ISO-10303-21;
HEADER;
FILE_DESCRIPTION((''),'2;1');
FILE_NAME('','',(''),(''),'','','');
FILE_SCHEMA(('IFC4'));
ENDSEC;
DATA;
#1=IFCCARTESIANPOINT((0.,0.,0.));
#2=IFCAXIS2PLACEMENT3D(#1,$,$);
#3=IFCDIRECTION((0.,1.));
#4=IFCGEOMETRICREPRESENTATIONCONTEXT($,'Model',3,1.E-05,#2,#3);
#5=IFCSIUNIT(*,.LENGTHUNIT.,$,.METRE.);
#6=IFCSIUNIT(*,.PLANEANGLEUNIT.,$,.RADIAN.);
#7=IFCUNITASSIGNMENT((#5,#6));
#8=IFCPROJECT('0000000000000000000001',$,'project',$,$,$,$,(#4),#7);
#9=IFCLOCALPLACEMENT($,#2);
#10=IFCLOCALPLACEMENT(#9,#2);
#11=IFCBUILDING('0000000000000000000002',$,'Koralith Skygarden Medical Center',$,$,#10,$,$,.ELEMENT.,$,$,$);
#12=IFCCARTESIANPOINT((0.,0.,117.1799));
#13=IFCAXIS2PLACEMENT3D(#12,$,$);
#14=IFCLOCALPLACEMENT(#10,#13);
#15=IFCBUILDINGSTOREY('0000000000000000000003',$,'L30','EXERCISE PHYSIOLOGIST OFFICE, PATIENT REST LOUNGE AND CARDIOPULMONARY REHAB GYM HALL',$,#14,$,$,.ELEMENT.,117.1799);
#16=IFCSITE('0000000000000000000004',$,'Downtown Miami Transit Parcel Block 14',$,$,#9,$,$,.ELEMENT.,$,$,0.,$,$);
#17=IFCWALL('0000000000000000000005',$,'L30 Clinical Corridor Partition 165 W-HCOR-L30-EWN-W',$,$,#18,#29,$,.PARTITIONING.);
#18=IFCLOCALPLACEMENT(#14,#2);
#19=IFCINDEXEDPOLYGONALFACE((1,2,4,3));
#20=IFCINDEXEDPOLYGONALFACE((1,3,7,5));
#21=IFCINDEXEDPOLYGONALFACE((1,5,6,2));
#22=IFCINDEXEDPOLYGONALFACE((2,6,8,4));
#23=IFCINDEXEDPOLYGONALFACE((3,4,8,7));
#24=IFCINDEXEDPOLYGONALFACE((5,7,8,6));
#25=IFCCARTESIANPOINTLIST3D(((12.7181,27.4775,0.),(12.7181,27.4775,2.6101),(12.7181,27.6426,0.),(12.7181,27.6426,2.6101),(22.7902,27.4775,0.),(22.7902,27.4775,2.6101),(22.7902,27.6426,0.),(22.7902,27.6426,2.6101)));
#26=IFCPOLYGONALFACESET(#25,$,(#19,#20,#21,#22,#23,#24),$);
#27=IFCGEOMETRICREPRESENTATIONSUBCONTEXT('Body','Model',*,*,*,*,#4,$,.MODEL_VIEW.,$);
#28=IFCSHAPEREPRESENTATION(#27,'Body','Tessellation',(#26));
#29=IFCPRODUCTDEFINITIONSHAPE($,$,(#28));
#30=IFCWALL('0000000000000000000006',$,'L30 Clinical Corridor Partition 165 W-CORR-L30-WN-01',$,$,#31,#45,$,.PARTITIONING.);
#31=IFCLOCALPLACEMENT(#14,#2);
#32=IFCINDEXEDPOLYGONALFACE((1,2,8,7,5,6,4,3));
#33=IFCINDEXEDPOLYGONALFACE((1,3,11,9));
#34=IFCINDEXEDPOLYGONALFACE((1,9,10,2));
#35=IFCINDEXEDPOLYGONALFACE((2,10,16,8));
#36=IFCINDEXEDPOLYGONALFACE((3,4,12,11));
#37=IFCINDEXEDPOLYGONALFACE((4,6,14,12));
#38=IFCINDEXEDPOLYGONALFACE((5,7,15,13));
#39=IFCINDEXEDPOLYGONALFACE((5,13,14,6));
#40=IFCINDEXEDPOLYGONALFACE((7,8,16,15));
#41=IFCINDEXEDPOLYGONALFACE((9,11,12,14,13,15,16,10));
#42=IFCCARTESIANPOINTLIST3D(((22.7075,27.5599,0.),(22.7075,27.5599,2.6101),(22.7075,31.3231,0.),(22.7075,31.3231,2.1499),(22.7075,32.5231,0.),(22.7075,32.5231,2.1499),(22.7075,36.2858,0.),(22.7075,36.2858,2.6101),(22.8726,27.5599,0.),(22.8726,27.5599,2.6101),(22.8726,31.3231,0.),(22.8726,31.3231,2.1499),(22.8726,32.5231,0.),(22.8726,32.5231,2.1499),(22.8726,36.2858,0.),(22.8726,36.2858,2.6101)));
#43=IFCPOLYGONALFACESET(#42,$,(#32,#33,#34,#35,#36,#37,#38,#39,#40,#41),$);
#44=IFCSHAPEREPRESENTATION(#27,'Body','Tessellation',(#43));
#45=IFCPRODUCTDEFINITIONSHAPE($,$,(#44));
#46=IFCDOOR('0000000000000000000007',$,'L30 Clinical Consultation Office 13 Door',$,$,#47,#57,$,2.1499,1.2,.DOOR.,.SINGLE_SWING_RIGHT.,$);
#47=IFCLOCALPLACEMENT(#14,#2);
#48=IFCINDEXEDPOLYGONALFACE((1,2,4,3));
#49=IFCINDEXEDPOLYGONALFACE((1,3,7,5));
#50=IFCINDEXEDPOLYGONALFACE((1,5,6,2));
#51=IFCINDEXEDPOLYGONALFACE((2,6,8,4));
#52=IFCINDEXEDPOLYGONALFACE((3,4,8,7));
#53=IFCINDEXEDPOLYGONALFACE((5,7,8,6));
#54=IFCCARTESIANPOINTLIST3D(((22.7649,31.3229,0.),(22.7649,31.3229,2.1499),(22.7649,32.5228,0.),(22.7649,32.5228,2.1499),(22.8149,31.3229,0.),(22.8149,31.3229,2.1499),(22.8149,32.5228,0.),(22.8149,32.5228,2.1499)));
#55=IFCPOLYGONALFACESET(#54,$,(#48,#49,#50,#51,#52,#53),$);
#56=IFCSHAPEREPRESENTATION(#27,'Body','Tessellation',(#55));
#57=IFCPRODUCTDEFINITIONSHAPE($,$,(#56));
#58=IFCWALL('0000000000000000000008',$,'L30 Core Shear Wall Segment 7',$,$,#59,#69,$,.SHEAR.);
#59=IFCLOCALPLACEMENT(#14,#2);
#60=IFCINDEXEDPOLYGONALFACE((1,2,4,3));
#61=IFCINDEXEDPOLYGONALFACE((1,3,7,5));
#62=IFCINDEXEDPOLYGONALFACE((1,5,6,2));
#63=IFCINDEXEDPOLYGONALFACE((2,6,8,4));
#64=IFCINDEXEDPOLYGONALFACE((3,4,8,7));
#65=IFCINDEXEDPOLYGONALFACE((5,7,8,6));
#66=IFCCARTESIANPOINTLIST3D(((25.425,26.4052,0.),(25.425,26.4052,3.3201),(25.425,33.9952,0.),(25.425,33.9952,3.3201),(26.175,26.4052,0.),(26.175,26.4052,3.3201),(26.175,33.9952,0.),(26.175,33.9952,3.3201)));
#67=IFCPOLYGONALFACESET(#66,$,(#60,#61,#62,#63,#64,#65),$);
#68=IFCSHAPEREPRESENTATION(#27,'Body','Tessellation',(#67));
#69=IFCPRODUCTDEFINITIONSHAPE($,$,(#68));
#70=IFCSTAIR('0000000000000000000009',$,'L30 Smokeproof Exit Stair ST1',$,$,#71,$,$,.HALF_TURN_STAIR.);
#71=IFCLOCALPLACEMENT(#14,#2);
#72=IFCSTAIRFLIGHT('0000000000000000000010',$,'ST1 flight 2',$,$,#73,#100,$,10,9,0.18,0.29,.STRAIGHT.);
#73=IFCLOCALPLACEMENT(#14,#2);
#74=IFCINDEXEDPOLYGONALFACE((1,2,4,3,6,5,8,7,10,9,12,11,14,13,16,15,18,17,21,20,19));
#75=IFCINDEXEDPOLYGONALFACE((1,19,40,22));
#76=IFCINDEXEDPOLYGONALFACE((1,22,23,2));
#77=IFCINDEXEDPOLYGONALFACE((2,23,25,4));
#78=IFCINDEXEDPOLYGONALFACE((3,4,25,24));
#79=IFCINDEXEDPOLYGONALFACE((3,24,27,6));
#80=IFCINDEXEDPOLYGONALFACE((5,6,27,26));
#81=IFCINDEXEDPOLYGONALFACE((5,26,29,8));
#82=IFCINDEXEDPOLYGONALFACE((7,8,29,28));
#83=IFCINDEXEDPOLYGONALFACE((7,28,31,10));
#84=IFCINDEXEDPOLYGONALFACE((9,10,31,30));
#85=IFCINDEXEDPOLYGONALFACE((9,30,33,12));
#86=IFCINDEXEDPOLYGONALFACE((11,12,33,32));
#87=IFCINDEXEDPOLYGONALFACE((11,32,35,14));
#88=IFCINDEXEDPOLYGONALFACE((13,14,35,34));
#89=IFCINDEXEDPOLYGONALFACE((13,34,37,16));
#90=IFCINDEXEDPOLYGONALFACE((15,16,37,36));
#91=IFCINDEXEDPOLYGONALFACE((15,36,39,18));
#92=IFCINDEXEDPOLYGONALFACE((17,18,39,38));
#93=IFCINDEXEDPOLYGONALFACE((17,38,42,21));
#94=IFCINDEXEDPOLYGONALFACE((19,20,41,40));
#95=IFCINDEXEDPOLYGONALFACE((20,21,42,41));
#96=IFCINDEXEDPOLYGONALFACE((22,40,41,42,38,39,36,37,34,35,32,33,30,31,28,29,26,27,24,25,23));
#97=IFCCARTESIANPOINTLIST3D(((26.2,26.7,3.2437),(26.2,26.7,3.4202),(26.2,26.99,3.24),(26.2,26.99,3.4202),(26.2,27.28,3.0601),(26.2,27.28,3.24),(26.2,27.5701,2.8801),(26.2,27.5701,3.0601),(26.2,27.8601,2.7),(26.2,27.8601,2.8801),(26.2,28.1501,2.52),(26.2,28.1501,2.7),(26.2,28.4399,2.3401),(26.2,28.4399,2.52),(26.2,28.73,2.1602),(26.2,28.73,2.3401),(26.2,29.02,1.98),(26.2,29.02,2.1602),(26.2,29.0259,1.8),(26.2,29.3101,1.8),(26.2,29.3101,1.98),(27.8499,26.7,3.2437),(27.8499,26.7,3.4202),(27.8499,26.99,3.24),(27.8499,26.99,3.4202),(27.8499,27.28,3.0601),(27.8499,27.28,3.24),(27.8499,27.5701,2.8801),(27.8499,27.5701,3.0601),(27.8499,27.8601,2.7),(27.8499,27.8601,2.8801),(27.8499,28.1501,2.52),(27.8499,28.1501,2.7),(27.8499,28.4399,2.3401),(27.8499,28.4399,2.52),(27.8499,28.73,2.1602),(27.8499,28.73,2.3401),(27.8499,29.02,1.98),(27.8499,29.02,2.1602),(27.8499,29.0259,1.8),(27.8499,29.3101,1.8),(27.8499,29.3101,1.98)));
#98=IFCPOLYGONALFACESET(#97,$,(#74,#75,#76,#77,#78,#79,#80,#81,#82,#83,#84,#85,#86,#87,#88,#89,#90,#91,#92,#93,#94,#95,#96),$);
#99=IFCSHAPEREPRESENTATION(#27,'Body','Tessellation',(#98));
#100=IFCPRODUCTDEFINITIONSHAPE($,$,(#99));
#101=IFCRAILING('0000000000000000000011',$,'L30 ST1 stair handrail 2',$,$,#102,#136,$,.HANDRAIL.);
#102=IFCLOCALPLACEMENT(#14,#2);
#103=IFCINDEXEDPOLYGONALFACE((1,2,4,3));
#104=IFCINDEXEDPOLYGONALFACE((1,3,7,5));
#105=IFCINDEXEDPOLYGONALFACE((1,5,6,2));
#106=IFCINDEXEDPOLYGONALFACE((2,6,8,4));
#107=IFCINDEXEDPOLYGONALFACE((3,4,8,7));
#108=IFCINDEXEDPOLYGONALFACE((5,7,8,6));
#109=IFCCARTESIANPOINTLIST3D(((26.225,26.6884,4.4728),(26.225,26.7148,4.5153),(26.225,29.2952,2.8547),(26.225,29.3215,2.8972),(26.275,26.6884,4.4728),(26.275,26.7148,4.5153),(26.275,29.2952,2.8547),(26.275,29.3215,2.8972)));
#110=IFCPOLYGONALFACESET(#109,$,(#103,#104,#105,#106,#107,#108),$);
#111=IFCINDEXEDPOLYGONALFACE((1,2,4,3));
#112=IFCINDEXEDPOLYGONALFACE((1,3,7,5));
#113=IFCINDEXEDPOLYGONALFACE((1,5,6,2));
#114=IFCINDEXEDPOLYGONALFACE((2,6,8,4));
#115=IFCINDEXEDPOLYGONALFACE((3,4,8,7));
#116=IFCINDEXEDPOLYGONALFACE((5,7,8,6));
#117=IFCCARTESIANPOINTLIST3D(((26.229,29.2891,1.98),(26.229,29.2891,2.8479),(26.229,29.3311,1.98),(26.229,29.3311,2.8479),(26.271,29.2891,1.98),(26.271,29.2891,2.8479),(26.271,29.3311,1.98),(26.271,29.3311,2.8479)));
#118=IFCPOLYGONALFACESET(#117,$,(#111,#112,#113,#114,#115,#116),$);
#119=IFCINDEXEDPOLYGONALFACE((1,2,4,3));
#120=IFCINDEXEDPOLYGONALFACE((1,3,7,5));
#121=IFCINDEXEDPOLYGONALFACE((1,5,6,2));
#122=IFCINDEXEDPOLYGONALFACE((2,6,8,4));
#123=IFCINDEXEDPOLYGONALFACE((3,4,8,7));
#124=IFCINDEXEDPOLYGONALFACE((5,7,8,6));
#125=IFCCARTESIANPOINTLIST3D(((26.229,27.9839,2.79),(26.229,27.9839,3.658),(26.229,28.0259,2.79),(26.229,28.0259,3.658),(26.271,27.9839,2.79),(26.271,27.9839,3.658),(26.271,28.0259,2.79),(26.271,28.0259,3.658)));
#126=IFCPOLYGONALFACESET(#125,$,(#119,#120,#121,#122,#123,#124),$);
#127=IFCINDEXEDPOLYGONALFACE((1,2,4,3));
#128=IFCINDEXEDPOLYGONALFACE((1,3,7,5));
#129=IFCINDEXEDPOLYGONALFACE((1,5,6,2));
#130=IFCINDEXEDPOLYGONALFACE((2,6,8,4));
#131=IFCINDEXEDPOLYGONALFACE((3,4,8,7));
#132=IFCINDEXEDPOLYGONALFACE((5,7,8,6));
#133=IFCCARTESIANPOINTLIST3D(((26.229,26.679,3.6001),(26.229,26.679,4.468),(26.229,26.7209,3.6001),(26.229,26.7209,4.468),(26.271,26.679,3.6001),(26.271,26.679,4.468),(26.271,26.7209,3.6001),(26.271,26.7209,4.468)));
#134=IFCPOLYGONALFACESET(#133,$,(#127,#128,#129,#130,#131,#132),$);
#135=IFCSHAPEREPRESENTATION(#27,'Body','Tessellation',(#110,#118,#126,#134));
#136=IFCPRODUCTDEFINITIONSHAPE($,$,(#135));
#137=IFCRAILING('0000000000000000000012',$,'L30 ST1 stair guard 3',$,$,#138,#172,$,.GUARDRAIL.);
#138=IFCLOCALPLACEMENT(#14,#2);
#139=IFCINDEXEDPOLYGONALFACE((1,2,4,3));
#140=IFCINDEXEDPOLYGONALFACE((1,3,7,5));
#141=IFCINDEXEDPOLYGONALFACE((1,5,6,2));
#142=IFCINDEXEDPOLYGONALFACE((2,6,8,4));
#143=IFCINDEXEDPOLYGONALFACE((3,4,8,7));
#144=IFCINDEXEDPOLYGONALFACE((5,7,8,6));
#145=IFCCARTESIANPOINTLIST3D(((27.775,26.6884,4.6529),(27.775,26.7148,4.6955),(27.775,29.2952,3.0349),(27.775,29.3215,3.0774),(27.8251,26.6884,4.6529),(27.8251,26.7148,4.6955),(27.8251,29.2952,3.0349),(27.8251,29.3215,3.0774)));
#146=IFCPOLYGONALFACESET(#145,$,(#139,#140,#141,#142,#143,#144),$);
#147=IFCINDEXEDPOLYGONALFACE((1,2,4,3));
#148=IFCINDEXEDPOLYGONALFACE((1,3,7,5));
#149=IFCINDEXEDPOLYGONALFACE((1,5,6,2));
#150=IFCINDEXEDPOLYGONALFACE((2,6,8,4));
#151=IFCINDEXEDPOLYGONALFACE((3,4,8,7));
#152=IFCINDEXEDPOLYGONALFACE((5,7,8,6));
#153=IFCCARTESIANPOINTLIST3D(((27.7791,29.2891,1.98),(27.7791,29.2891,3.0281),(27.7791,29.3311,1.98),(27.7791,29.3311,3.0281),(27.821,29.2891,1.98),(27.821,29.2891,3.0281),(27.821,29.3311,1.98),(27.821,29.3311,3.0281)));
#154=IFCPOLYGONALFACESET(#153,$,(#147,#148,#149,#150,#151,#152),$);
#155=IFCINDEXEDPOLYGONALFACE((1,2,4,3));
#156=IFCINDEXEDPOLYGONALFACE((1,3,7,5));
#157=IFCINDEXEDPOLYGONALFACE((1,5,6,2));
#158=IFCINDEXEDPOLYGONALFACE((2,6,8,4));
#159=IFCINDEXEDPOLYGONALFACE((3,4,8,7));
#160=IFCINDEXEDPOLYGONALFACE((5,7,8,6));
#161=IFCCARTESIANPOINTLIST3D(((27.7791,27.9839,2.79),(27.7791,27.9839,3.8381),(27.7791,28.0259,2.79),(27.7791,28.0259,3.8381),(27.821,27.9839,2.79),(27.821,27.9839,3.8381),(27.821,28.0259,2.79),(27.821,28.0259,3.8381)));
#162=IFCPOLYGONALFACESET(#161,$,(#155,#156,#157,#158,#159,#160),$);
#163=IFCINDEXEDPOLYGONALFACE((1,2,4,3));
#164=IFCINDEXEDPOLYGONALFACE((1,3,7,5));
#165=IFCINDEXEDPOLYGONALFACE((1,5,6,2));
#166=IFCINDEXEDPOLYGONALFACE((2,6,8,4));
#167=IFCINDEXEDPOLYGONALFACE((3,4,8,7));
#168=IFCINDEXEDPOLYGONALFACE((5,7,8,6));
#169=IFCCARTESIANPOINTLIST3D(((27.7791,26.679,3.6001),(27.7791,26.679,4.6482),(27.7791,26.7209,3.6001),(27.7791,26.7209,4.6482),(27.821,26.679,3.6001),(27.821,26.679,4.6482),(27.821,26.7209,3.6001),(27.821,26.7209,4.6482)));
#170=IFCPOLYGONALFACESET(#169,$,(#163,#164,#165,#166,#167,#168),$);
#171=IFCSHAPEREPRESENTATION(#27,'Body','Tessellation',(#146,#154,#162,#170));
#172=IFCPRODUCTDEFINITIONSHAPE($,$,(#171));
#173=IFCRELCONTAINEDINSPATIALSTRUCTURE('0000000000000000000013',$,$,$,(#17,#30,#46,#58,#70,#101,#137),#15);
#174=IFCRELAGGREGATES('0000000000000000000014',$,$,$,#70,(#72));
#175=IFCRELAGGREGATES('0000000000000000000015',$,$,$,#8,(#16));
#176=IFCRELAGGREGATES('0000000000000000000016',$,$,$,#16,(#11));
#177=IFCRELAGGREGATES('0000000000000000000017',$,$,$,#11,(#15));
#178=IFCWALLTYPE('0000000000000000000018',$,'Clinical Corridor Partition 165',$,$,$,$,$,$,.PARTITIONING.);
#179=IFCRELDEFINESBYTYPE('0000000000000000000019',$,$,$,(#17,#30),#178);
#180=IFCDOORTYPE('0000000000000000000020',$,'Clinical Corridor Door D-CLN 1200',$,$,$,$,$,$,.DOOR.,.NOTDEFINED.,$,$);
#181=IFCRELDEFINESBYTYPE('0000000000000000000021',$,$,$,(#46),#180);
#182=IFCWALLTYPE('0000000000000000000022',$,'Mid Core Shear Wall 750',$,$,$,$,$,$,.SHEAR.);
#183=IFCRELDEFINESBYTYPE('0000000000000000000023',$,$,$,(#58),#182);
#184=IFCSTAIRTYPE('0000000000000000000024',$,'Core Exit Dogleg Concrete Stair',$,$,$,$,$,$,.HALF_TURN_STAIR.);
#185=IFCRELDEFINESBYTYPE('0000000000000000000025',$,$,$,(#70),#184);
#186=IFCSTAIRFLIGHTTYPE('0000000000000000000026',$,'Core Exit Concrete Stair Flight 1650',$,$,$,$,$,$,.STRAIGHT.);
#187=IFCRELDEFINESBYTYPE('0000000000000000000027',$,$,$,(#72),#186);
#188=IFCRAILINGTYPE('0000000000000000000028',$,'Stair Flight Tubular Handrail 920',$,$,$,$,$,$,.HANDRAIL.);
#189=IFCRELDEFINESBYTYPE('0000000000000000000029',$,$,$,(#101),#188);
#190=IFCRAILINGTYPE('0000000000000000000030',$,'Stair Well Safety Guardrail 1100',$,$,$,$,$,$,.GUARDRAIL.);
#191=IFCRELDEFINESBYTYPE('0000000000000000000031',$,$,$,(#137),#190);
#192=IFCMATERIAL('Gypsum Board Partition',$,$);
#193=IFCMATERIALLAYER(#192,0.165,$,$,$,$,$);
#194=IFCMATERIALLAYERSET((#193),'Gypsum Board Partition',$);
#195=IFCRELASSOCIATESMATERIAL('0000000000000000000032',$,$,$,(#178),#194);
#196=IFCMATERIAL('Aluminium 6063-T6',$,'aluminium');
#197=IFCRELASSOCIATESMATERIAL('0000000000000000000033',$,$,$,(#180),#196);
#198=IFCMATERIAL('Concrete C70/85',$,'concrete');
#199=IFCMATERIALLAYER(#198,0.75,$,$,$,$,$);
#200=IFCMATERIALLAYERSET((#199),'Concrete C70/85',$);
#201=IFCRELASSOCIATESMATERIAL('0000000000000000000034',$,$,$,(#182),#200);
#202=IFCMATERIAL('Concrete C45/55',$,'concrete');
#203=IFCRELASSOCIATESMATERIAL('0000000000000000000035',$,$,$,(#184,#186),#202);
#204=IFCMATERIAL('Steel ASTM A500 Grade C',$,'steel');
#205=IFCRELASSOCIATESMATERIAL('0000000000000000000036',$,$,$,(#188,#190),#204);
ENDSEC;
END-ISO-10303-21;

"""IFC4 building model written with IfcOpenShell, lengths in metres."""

from ifc_helpers import new_model, si_unit, direction, frame, frame_2d, origin, origin_2d, place, context, subcontext, project, spatial, polyline, rectangle, outline, extrude, material, layer, layer_set, type_object, element, fill, aggregate, save


model = new_model("IFC4")

# Units and contexts
model_context = context("Model", 3, precision=1e-05, world=origin(), true_north=direction((0.0, 1.0)))
body_context = subcontext(model_context, "Body", "Model", "MODEL_VIEW")
ifc_project = project(units=[si_unit("LENGTHUNIT", "METRE"), si_unit("PLANEANGLEUNIT", "RADIAN")], contexts=[model_context])

# Site, building, storey
site_placement = place(None, origin())
site = spatial("IfcSite", under=ifc_project, at=site_placement, Name="Downtown Miami Transit Parcel Block 14", CompositionType="ELEMENT", RefElevation=0.0)
building_placement = place(site_placement, origin())
building = spatial("IfcBuilding", under=site, at=building_placement, Name="Koralith Skygarden Medical Center", CompositionType="ELEMENT")
storey_placement = place(building_placement, frame((0.0, 0.0, 117.1799)))
storey = spatial("IfcBuildingStorey", under=building, at=storey_placement, Name="L30", Description="EXERCISE PHYSIOLOGIST OFFICE, PATIENT REST LOUNGE AND CARDIOPULMONARY REHAB GYM HALL", CompositionType="ELEMENT", Elevation=117.1799)

# Shared definitions
ifc_material_1 = material(Name="Concrete C70/85", Category="concrete")

# Shared definitions
ifc_material_2 = material(Name="Aluminium 6063-T6", Category="aluminium")

# Shared definitions
ifc_material_3 = material(Name="Concrete C45/55", Category="concrete")

# Wall
ifc_material_4 = material(Name="Gypsum Board Partition")
ifc_layer_1 = layer(ifc_material_4, 0.165)
ifc_layer_set_1 = layer_set([ifc_layer_1], Name="Gypsum Board Partition")
wall_type_1 = type_object("IfcWallType", Name="Clinical Corridor Partition 165", PredefinedType="PARTITIONING", material=ifc_layer_set_1)
wall_1_placement = place(storey_placement, frame((12.718, 27.5601, 0.0), z_axis=(0.0, 0.0, 1.0), x_axis=(1.0, 0.0, 0.0)))
element("IfcWall", 1, at=wall_1_placement, inside=storey, type_object=wall_type_1, Name="L30 Clinical Corridor Partition 165 W-HCOR-L30-EWN-W", PredefinedType="PARTITIONING", context=body_context, shape_type="SweptSolid", body=[
    extrude(rectangle(XDim=10.072, YDim=0.165, at=frame_2d((5.0361, 0.0))), origin(), (0.0, 0.0, 1.0), 2.6101),
])

# Wall, opening, door
wall_2_placement = place(storey_placement, frame((22.79, 27.5601, 0.0), z_axis=(0.0, 0.0, 1.0), x_axis=(0.0, 1.0, 0.0)))
wall_2 = element("IfcWall", 2, at=wall_2_placement, inside=storey, type_object=wall_type_1, Name="L30 Clinical Corridor Partition 165 W-CORR-L30-WN-01", PredefinedType="PARTITIONING", context=body_context, shape_type="SweptSolid", body=[
    extrude(rectangle(XDim=8.7258, YDim=0.165, at=frame_2d((4.3628, 0.0))), origin(), (0.0, 0.0, 1.0), 2.6101),
])
opening_placement = place(wall_2_placement, frame((3.7629, 0.0, 0.0)))
opening = element("IfcOpeningElement", 3, at=opening_placement, cuts=wall_2, PredefinedType="OPENING", context=body_context, shape_type="SweptSolid", body=[
    extrude(rectangle(XDim=1.2, YDim=2.1499, at=frame_2d((0.6001, 1.075))), frame((0.0, 0.0925, 0.0), z_axis=(0.0, -1.0, 0.0), x_axis=(1.0, 0.0, 0.0)), (0.0, 0.0, 1.0), 0.1851),
])
door_type = type_object("IfcDoorType", Name="Clinical Corridor Door D-CLN 1200", OperationType="NOTDEFINED", PredefinedType="DOOR", material=ifc_material_2)
door_placement = place(opening_placement, frame((1.2, 0.0, 0.0), z_axis=(0.0, 0.0, 1.0), x_axis=(-1.0, 0.0, 0.0)))
door = element("IfcDoor", 4, at=door_placement, inside=storey, type_object=door_type, Name="L30 Clinical Consultation Office 13 Door", OperationType="SINGLE_SWING_RIGHT", OverallHeight=2.1499, OverallWidth=1.2, PredefinedType="DOOR", context=body_context, shape_type="SweptSolid", body=[
    extrude(rectangle(XDim=1.2, YDim=2.1499, at=frame_2d((0.6001, 1.075))), frame((0.0, 0.0249, 0.0), z_axis=(0.0, -1.0, 0.0), x_axis=(1.0, 0.0, 0.0)), (0.0, 0.0, 1.0), 0.05),
])
fill(opening, door)

# Wall
ifc_layer_2 = layer(ifc_material_1, 0.75)
ifc_layer_set_2 = layer_set([ifc_layer_2], Name="Concrete C70/85")
wall_type_2 = type_object("IfcWallType", Name="Mid Core Shear Wall 750", PredefinedType="SHEAR", material=ifc_layer_set_2)
wall_3_placement = place(storey_placement, frame((25.8, 33.9951, 0.0), z_axis=(0.0, 0.0, 1.0), x_axis=(0.0, -1.0, 0.0)))
element("IfcWall", 5, at=wall_3_placement, inside=storey, type_object=wall_type_2, Name="L30 Core Shear Wall Segment 7", PredefinedType="SHEAR", context=body_context, shape_type="SweptSolid", body=[
    extrude(rectangle(XDim=7.5901, YDim=0.75, at=frame_2d((3.7949, 0.0))), origin(), (0.0, 0.0, 1.0), 3.3201),
])

# Stair, stair flight
stair_type = type_object("IfcStairType", Name="Core Exit Dogleg Concrete Stair", PredefinedType="HALF_TURN_STAIR", material=ifc_material_3)
stair_placement = place(storey_placement, origin())
stair = element("IfcStair", 6, at=stair_placement, inside=storey, type_object=stair_type, Name="L30 Smokeproof Exit Stair ST1", PredefinedType="HALF_TURN_STAIR")
stair_flight_type = type_object("IfcStairFlightType", Name="Core Exit Concrete Stair Flight 1650", PredefinedType="STRAIGHT", material=ifc_material_3)
stair_flight_placement = place(storey_placement, frame((27.0249, 29.3101, 1.8), z_axis=(0.0, 0.0, 1.0), x_axis=(0.0, -1.0, 0.0)))
stair_flight = element("IfcStairFlight", 7, at=stair_flight_placement, type_object=stair_flight_type, Name="ST1 flight 2", NumberOfRisers=10, NumberOfTreads=9, PredefinedType="STRAIGHT", RiserHeight=0.18, TreadLength=0.29, context=body_context, shape_type="SweptSolid", body=[
    extrude(outline(polyline([(0.0, 0.0), (0.0, 0.1799), (0.29, 0.1799), (0.29, 0.3601), (0.5801, 0.3601), (0.5801, 0.54), (0.8701, 0.54), (0.8701, 0.72), (1.1599, 0.72), (1.1599, 0.8999), (1.45, 0.8999), (1.45, 1.0801), (1.74, 1.0801), (1.74, 1.26), (2.03, 1.26), (2.03, 1.4399), (2.3201, 1.4399), (2.3201, 1.6201), (2.6101, 1.6201), (2.6101, 1.8), (2.6101, 1.4436), (0.2842, 0.0), (0.0, 0.0)])), frame((0.0, 0.825, 0.0), z_axis=(0.0, -1.0, 0.0), x_axis=(1.0, 0.0, 0.0)), (0.0, 0.0, 1.0), 1.6499),
])
aggregate(stair, [stair_flight])

# Railings
ifc_material_5 = material(Name="Steel ASTM A500 Grade C", Category="steel")
railing_type_1 = type_object("IfcRailingType", Name="Stair Flight Tubular Handrail 920", PredefinedType="HANDRAIL", material=ifc_material_5)
railing_1_placement = place(storey_placement, frame((26.25, 29.3101, 1.98)))
element("IfcRailing", 8, at=railing_1_placement, inside=storey, type_object=railing_type_1, Name="L30 ST1 stair handrail 2", PredefinedType="HANDRAIL", context=body_context, shape_type="SweptSolid", body=[
    extrude(rectangle(XDim=0.05, YDim=0.05, at=origin_2d()), frame((0.0, -0.0017, 0.896), z_axis=(0.0, -0.849633, 0.527375), x_axis=(1.0, 0.0, 0.0)), (0.0, 0.0, 1.0), 3.0681),
    extrude(rectangle(XDim=0.042, YDim=0.042, at=origin_2d()), origin(), (0.0, 0.0, 1.0), 0.8679),
    extrude(rectangle(XDim=0.042, YDim=0.042, at=origin_2d()), frame((0.0, -1.3052, 0.8101)), (0.0, 0.0, 1.0), 0.8679),
    extrude(rectangle(XDim=0.042, YDim=0.042, at=origin_2d()), frame((0.0, -2.6101, 1.6201)), (0.0, 0.0, 1.0), 0.8679),
])
railing_type_2 = type_object("IfcRailingType", Name="Stair Well Safety Guardrail 1100", PredefinedType="GUARDRAIL", material=ifc_material_5)
railing_2_placement = place(storey_placement, frame((27.8, 29.3101, 1.98)))
element("IfcRailing", 9, at=railing_2_placement, inside=storey, type_object=railing_type_2, Name="L30 ST1 stair guard 3", PredefinedType="GUARDRAIL", context=body_context, shape_type="SweptSolid", body=[
    extrude(rectangle(XDim=0.05, YDim=0.05, at=origin_2d()), frame((0.0, -0.0017, 1.0762), z_axis=(0.0, -0.849633, 0.527375), x_axis=(1.0, 0.0, 0.0)), (0.0, 0.0, 1.0), 3.0681),
    extrude(rectangle(XDim=0.042, YDim=0.042, at=origin_2d()), origin(), (0.0, 0.0, 1.0), 1.0481),
    extrude(rectangle(XDim=0.042, YDim=0.042, at=origin_2d()), frame((0.0, -1.3052, 0.8101)), (0.0, 0.0, 1.0), 1.0481),
    extrude(rectangle(XDim=0.042, YDim=0.042, at=origin_2d()), frame((0.0, -2.6101, 1.6201)), (0.0, 0.0, 1.0), 1.0481),
])

save(model, "model.ifc")
